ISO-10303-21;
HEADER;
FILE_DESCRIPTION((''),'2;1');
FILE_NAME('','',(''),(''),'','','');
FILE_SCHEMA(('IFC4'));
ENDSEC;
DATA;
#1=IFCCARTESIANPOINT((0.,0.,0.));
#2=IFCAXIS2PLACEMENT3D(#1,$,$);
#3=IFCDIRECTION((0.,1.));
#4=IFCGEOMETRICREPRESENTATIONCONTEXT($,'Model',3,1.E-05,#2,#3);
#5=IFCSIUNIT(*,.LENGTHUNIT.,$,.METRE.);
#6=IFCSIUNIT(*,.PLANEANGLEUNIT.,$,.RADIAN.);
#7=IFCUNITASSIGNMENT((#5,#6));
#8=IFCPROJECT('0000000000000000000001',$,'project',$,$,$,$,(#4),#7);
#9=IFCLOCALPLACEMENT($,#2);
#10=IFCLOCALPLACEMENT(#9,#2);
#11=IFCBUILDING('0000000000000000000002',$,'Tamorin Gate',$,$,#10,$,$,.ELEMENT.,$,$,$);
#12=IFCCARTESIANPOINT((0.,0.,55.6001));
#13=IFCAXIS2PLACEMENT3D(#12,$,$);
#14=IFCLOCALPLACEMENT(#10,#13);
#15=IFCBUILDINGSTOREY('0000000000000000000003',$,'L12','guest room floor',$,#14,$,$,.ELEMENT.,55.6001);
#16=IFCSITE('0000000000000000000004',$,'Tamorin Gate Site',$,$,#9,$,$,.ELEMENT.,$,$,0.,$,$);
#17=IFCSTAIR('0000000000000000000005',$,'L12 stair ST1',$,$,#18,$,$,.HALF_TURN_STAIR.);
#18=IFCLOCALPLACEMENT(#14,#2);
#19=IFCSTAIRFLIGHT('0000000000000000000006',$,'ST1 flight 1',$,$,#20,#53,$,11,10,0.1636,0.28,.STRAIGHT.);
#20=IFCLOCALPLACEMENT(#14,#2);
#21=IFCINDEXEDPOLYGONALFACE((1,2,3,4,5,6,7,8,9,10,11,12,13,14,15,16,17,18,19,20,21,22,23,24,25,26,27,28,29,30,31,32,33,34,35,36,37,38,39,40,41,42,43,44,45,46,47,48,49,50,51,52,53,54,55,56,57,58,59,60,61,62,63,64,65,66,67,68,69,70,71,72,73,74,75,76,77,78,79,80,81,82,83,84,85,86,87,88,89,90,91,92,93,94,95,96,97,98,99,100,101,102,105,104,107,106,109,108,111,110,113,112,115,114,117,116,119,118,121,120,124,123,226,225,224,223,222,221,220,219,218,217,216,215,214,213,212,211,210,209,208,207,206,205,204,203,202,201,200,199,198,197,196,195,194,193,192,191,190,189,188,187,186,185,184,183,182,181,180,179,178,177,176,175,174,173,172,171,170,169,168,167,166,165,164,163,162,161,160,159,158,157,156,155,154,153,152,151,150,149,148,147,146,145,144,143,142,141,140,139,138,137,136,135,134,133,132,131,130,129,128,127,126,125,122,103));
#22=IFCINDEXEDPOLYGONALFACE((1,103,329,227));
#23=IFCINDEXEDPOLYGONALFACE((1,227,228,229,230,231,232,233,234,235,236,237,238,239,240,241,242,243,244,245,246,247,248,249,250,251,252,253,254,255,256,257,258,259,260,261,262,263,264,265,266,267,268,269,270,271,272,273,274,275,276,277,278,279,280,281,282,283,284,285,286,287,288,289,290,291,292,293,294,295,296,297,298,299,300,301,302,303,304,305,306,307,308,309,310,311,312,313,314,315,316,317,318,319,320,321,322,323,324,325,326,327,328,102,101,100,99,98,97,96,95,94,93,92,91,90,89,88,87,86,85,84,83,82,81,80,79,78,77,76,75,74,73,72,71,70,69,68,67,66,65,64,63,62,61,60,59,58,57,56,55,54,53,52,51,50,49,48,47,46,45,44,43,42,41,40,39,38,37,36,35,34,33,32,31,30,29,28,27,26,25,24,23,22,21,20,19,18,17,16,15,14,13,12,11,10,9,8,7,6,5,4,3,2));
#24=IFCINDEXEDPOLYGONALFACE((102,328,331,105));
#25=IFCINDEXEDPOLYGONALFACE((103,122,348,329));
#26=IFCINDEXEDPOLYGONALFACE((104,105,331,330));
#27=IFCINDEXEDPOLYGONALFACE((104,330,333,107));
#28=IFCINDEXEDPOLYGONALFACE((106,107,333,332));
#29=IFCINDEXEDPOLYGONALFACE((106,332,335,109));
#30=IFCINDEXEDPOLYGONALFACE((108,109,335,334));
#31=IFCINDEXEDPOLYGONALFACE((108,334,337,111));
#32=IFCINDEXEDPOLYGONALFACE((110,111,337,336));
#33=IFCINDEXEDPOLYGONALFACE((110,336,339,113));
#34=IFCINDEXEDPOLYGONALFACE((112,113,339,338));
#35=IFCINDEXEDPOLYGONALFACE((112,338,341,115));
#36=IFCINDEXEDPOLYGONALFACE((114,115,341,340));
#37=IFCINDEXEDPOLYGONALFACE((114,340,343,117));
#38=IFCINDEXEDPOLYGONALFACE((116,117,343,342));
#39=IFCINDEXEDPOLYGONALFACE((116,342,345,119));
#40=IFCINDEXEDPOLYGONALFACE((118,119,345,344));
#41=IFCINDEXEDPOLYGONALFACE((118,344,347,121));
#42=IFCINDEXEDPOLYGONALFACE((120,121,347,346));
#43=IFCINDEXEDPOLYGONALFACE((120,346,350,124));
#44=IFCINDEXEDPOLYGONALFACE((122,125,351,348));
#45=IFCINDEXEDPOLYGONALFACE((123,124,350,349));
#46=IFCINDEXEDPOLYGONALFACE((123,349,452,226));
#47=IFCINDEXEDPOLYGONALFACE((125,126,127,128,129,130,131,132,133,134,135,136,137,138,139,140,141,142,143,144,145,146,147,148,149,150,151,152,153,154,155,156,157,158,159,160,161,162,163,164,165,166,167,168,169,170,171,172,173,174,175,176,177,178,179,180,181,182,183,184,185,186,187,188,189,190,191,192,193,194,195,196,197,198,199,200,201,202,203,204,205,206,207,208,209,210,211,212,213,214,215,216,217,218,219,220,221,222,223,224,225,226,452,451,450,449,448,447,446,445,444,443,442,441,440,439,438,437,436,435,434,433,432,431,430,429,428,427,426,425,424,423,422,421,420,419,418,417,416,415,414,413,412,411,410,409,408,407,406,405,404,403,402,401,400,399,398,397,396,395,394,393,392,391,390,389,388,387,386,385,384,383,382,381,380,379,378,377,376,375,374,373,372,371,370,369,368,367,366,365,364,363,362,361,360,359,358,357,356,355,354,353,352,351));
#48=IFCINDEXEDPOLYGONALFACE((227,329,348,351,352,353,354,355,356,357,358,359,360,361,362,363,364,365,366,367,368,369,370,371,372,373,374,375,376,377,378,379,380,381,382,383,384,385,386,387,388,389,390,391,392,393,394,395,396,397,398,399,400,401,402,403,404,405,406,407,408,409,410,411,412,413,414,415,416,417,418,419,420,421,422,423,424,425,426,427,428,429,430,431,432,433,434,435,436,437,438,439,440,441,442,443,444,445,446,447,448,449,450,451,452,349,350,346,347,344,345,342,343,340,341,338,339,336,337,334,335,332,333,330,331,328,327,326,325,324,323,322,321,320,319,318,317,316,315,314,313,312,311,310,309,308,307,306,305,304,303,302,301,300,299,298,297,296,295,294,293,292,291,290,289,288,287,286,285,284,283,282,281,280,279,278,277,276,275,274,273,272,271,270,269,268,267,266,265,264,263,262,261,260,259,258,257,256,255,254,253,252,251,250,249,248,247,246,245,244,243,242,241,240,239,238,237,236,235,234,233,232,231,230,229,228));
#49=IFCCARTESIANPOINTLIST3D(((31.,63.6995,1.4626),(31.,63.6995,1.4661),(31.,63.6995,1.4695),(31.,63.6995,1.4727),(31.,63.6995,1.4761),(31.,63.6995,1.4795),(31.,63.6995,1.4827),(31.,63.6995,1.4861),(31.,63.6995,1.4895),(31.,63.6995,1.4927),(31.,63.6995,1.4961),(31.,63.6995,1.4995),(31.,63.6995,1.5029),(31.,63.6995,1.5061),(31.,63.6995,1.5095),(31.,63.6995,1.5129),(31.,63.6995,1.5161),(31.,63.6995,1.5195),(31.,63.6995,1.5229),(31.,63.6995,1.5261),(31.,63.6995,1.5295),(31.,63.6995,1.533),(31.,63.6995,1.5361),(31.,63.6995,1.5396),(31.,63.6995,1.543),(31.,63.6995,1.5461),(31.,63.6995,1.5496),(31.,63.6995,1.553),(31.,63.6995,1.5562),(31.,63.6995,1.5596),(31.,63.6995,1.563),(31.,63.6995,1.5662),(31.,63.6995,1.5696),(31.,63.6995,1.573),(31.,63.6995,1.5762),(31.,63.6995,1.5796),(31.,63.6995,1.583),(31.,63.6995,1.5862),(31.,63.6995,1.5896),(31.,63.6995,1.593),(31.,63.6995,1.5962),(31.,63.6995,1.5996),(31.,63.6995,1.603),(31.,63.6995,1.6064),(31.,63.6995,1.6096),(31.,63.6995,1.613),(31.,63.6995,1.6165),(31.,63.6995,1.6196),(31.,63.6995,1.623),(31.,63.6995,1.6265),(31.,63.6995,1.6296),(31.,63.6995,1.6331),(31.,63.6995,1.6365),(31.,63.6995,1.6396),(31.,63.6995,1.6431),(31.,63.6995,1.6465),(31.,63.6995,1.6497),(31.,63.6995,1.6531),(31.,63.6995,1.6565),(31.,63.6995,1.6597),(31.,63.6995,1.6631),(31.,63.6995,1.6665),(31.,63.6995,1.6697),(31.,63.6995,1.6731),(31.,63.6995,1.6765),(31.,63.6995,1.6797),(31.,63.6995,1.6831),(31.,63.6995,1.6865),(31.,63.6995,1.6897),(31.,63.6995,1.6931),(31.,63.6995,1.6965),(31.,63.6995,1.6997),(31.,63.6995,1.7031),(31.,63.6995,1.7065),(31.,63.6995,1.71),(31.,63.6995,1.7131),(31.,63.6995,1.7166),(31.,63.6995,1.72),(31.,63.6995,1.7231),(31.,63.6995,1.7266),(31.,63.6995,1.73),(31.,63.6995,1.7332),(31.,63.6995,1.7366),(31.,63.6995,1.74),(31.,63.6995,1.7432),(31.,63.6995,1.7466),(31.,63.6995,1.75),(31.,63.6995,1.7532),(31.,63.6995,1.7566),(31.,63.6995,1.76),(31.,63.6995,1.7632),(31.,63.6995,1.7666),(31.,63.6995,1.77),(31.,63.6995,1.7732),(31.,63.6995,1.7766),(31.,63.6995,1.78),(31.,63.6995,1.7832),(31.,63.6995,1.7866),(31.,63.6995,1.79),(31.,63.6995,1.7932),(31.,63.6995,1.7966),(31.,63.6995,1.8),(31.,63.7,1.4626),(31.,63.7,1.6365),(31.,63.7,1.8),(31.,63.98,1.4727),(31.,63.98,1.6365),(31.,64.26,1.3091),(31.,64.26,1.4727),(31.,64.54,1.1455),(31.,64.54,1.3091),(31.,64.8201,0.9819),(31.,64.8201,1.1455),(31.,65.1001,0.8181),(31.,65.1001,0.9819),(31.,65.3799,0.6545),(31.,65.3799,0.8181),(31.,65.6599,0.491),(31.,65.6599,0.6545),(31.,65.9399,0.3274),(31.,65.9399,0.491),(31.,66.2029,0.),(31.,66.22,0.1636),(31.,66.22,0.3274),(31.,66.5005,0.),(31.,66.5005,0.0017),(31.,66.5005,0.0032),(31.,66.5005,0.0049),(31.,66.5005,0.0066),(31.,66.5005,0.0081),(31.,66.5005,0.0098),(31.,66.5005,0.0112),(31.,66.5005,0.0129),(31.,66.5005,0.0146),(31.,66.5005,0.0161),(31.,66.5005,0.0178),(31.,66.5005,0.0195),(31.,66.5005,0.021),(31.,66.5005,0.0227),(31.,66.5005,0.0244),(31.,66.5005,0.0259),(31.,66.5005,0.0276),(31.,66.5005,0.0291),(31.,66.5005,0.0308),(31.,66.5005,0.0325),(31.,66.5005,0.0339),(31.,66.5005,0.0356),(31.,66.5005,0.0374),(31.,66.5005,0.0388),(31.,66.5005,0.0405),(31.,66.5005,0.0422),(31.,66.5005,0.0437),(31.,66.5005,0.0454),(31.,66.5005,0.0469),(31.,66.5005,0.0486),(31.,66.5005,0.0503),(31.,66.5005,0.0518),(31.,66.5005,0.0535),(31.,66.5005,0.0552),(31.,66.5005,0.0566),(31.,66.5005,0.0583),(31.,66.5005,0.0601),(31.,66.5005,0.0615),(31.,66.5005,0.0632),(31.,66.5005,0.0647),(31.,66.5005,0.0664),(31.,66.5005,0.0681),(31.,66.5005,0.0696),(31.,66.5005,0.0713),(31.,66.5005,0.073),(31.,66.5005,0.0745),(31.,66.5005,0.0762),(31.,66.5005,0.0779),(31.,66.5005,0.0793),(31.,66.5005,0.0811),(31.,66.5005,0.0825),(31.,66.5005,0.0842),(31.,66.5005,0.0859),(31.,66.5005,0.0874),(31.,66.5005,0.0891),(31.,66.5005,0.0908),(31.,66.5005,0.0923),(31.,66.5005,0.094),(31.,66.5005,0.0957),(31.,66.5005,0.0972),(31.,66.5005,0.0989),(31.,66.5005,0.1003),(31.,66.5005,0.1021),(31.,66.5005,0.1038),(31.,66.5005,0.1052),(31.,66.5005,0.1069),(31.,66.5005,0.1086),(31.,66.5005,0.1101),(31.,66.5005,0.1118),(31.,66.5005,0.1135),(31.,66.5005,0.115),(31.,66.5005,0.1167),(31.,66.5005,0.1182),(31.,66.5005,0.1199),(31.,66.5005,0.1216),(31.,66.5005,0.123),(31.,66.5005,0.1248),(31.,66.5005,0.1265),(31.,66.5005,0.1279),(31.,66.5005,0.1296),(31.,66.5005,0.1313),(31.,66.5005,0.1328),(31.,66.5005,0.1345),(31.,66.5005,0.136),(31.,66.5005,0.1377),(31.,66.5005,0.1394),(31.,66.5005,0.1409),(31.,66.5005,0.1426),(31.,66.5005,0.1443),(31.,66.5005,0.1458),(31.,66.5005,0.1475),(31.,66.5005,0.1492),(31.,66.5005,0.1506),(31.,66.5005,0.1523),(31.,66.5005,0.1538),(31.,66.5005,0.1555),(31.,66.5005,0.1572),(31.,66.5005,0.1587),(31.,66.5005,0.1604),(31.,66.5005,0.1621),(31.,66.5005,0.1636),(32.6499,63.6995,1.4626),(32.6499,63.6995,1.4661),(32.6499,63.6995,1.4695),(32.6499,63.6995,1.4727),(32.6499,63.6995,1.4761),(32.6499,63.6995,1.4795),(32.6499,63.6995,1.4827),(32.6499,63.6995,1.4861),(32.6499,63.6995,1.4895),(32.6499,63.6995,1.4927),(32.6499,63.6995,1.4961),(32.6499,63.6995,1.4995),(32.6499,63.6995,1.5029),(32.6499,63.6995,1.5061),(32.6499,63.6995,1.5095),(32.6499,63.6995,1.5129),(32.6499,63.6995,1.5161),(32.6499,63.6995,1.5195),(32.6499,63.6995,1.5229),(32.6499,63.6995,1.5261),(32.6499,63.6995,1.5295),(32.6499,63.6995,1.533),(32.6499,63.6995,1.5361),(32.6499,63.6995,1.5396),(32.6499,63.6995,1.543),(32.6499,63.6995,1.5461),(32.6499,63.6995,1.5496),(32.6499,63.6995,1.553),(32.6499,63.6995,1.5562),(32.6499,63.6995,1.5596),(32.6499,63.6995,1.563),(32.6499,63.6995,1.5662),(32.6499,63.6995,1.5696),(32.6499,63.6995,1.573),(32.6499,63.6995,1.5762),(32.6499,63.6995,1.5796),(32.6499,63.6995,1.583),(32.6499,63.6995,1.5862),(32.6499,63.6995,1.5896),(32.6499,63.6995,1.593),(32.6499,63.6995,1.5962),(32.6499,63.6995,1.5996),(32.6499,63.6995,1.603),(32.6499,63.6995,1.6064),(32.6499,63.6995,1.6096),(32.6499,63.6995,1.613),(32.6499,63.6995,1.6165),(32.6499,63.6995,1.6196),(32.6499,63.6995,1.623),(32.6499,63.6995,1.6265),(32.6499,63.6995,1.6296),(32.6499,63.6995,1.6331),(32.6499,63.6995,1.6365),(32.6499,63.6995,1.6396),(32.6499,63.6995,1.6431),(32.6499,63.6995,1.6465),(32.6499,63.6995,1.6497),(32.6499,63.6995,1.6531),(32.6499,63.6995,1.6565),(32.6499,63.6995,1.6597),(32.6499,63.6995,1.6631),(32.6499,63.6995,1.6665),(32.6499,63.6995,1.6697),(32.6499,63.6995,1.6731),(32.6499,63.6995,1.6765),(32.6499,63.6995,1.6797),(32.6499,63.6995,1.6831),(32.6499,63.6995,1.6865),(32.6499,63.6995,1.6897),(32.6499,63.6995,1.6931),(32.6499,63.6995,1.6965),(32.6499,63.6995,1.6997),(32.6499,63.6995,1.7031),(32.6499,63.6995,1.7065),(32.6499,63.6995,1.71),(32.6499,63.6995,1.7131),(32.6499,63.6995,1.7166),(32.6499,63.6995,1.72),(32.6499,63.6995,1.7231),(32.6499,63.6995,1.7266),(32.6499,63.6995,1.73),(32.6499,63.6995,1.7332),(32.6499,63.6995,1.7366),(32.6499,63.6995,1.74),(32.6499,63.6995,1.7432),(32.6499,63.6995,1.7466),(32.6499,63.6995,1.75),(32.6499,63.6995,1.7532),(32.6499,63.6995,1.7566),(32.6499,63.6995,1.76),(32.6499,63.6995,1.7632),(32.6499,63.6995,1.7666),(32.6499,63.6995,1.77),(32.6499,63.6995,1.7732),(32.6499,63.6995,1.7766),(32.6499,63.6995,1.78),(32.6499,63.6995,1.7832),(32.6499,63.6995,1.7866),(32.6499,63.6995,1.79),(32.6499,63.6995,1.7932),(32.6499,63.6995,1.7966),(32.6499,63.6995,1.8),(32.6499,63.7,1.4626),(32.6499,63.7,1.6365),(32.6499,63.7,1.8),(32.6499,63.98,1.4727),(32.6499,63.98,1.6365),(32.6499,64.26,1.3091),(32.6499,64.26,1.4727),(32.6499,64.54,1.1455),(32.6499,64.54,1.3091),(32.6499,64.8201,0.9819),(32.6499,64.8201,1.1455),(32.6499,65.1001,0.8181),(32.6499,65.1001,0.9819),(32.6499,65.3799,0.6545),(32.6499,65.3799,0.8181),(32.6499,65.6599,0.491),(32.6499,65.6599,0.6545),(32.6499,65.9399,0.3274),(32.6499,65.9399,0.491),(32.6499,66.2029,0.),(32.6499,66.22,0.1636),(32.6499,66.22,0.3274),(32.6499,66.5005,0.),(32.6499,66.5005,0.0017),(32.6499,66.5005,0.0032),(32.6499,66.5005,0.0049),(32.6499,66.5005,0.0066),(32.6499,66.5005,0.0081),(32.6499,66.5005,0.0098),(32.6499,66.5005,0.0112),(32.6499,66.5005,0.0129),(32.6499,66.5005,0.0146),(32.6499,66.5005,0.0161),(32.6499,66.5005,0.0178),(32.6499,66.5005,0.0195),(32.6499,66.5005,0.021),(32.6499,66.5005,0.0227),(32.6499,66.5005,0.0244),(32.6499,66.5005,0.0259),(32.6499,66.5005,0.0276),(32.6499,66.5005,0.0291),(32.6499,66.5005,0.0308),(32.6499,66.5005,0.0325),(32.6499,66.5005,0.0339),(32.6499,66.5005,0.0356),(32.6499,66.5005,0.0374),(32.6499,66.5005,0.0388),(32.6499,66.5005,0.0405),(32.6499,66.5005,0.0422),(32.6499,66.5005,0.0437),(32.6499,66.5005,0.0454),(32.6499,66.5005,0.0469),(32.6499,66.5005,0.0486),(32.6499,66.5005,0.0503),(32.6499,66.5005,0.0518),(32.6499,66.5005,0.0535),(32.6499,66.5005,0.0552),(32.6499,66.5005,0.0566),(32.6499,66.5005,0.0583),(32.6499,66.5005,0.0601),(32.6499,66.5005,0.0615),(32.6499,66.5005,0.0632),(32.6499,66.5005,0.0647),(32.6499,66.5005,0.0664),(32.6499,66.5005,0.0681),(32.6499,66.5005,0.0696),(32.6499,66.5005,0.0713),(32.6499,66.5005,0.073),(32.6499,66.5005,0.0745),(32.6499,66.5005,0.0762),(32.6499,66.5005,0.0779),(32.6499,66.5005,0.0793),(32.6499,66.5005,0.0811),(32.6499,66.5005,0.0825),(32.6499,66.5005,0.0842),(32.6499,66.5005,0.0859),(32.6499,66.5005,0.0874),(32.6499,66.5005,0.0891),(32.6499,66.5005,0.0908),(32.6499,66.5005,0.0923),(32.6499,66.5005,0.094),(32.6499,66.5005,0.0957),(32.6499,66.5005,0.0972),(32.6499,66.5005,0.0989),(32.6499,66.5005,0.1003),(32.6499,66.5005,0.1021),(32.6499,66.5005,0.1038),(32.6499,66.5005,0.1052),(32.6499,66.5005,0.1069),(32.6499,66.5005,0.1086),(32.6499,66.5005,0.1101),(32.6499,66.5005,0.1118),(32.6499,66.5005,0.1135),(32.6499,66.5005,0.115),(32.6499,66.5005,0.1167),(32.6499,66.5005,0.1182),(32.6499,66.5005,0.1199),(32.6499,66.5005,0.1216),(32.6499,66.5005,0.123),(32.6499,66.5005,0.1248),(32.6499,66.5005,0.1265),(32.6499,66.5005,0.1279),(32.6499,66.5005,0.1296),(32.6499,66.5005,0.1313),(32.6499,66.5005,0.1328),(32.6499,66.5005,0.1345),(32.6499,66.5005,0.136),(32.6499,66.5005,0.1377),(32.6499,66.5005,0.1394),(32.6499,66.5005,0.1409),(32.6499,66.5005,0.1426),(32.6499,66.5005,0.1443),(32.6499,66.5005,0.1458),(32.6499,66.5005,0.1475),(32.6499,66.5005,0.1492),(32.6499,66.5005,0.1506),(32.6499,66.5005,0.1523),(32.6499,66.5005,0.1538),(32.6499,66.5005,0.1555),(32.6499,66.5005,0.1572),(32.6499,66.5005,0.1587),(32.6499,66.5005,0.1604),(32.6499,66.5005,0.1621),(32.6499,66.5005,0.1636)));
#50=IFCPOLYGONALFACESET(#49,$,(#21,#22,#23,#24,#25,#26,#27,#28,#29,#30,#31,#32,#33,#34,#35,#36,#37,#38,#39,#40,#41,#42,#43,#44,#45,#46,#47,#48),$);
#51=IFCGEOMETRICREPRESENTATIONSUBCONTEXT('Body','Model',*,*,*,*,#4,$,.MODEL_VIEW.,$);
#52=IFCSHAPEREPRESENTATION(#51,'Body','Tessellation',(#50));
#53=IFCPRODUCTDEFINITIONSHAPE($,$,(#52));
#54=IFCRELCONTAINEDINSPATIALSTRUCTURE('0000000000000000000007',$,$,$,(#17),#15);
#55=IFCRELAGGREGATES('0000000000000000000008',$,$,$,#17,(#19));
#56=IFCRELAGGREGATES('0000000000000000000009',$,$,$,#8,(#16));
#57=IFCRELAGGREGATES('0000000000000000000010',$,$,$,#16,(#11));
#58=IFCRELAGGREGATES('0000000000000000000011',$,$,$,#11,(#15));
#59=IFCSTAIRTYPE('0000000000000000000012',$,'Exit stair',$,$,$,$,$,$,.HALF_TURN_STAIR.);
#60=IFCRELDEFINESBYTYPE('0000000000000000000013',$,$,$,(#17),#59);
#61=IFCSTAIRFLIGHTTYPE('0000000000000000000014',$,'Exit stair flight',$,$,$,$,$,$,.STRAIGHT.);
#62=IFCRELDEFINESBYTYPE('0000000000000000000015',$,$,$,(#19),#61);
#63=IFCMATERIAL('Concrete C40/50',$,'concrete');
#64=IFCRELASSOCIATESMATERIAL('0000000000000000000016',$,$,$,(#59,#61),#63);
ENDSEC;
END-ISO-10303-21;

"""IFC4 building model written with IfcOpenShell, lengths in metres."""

from ifc_helpers import new_model, si_unit, direction, frame, origin, place, context, subcontext, project, spatial, polyline, outline, extrude, material, type_object, element, aggregate, save


model = new_model("IFC4")

# Units and contexts
model_context = context("Model", 3, precision=1e-05, world=origin(), true_north=direction((0.0, 1.0)))
body_context = subcontext(model_context, "Body", "Model", "MODEL_VIEW")
ifc_project = project(units=[si_unit("LENGTHUNIT", "METRE"), si_unit("PLANEANGLEUNIT", "RADIAN")], contexts=[model_context])

# Site, building, storey
site_placement = place(None, origin())
site = spatial("IfcSite", under=ifc_project, at=site_placement, Name="Tamorin Gate Site", CompositionType="ELEMENT", RefElevation=0.0)
building_placement = place(site_placement, origin())
building = spatial("IfcBuilding", under=site, at=building_placement, Name="Tamorin Gate", CompositionType="ELEMENT")
storey_placement = place(building_placement, frame((0.0, 0.0, 55.6001)))
storey = spatial("IfcBuildingStorey", under=building, at=storey_placement, Name="L12", Description="guest room floor", CompositionType="ELEMENT", Elevation=55.6001)

# Shared definitions
ifc_material_1 = material(Name="Concrete C40/50", Category="concrete")

# Stair, stair flight
stair_type = type_object("IfcStairType", Name="Exit stair", PredefinedType="HALF_TURN_STAIR", material=ifc_material_1)
stair_placement = place(storey_placement, origin())
stair = element("IfcStair", 1, at=stair_placement, inside=storey, type_object=stair_type, Name="L12 stair ST1", PredefinedType="HALF_TURN_STAIR")
stair_flight_type = type_object("IfcStairFlightType", Name="Exit stair flight", PredefinedType="STRAIGHT", material=ifc_material_1)
stair_flight_1_placement = place(storey_placement, frame((31.825, 66.5, 0.0), z_axis=(0.0, 0.0, 1.0), x_axis=(0.0, -1.0, 0.0)))
stair_flight_1 = element("IfcStairFlight", 2, at=stair_flight_1_placement, type_object=stair_flight_type, Name="ST1 flight 1", NumberOfRisers=11, NumberOfTreads=10, PredefinedType="STRAIGHT", RiserHeight=0.1636, TreadLength=0.28, context=body_context, shape_type="SweptSolid", body=[
    extrude(outline(polyline([(-0.0005, 0.0), (-0.0005, 0.0017), (-0.0005, 0.0032), (-0.0005, 0.0049), (-0.0005, 0.0066), (-0.0005, 0.0081), (-0.0005, 0.0098), (-0.0005, 0.0112), (-0.0005, 0.0129), (-0.0005, 0.0146), (-0.0005, 0.0161), (-0.0005, 0.0178), (-0.0005, 0.0195), (-0.0005, 0.021), (-0.0005, 0.0227), (-0.0005, 0.0244), (-0.0005, 0.0259), (-0.0005, 0.0276), (-0.0005, 0.0291), (-0.0005, 0.0308), (-0.0005, 0.0325), (-0.0005, 0.0339), (-0.0005, 0.0356), (-0.0005, 0.0374), (-0.0005, 0.0388), (-0.0005, 0.0405), (-0.0005, 0.0422), (-0.0005, 0.0437), (-0.0005, 0.0454), (-0.0005, 0.0469), (-0.0005, 0.0486), (-0.0005, 0.0503), (-0.0005, 0.0518), (-0.0005, 0.0535), (-0.0005, 0.0552), (-0.0005, 0.0566), (-0.0005, 0.0583), (-0.0005, 0.0601), (-0.0005, 0.0615), (-0.0005, 0.0632), (-0.0005, 0.0647), (-0.0005, 0.0664), (-0.0005, 0.0681), (-0.0005, 0.0696), (-0.0005, 0.0713), (-0.0005, 0.073), (-0.0005, 0.0745), (-0.0005, 0.0762), (-0.0005, 0.0779), (-0.0005, 0.0793), (-0.0005, 0.0811), (-0.0005, 0.0825), (-0.0005, 0.0842), (-0.0005, 0.0859), (-0.0005, 0.0874), (-0.0005, 0.0891), (-0.0005, 0.0908), (-0.0005, 0.0923), (-0.0005, 0.094), (-0.0005, 0.0957), (-0.0005, 0.0972), (-0.0005, 0.0989), (-0.0005, 0.1003), (-0.0005, 0.1021), (-0.0005, 0.1038), (-0.0005, 0.1052), (-0.0005, 0.1069), (-0.0005, 0.1086), (-0.0005, 0.1101), (-0.0005, 0.1118), (-0.0005, 0.1135), (-0.0005, 0.115), (-0.0005, 0.1167), (-0.0005, 0.1182), (-0.0005, 0.1199), (-0.0005, 0.1216), (-0.0005, 0.123), (-0.0005, 0.1248), (-0.0005, 0.1265), (-0.0005, 0.1279), (-0.0005, 0.1296), (-0.0005, 0.1313), (-0.0005, 0.1328), (-0.0005, 0.1345), (-0.0005, 0.136), (-0.0005, 0.1377), (-0.0005, 0.1394), (-0.0005, 0.1409), (-0.0005, 0.1426), (-0.0005, 0.1443), (-0.0005, 0.1458), (-0.0005, 0.1475), (-0.0005, 0.1492), (-0.0005, 0.1506), (-0.0005, 0.1523), (-0.0005, 0.1538), (-0.0005, 0.1555), (-0.0005, 0.1572), (-0.0005, 0.1587), (-0.0005, 0.1604), (-0.0005, 0.1621), (-0.0005, 0.1636), (0.28, 0.1636), (0.28, 0.3274), (0.5601, 0.3274), (0.5601, 0.491), (0.8401, 0.491), (0.8401, 0.6545), (1.1201, 0.6545), (1.1201, 0.8181), (1.3999, 0.8181), (1.3999, 0.9819), (1.6799, 0.9819), (1.6799, 1.1455), (1.96, 1.1455), (1.96, 1.3091), (2.24, 1.3091), (2.24, 1.4727), (2.52, 1.4727), (2.52, 1.6365), (2.8, 1.6365), (2.8, 1.8), (2.8005, 1.8), (2.8005, 1.7966), (2.8005, 1.7932), (2.8005, 1.79), (2.8005, 1.7866), (2.8005, 1.7832), (2.8005, 1.78), (2.8005, 1.7766), (2.8005, 1.7732), (2.8005, 1.77), (2.8005, 1.7666), (2.8005, 1.7632), (2.8005, 1.76), (2.8005, 1.7566), (2.8005, 1.7532), (2.8005, 1.75), (2.8005, 1.7466), (2.8005, 1.7432), (2.8005, 1.74), (2.8005, 1.7366), (2.8005, 1.7332), (2.8005, 1.73), (2.8005, 1.7266), (2.8005, 1.7231), (2.8005, 1.72), (2.8005, 1.7166), (2.8005, 1.7131), (2.8005, 1.71), (2.8005, 1.7065), (2.8005, 1.7031), (2.8005, 1.6997), (2.8005, 1.6965), (2.8005, 1.6931), (2.8005, 1.6897), (2.8005, 1.6865), (2.8005, 1.6831), (2.8005, 1.6797), (2.8005, 1.6765), (2.8005, 1.6731), (2.8005, 1.6697), (2.8005, 1.6665), (2.8005, 1.6631), (2.8005, 1.6597), (2.8005, 1.6565), (2.8005, 1.6531), (2.8005, 1.6497), (2.8005, 1.6465), (2.8005, 1.6431), (2.8005, 1.6396), (2.8005, 1.6365), (2.8005, 1.6331), (2.8005, 1.6296), (2.8005, 1.6265), (2.8005, 1.623), (2.8005, 1.6196), (2.8005, 1.6165), (2.8005, 1.613), (2.8005, 1.6096), (2.8005, 1.6064), (2.8005, 1.603), (2.8005, 1.5996), (2.8005, 1.5962), (2.8005, 1.593), (2.8005, 1.5896), (2.8005, 1.5862), (2.8005, 1.583), (2.8005, 1.5796), (2.8005, 1.5762), (2.8005, 1.573), (2.8005, 1.5696), (2.8005, 1.5662), (2.8005, 1.563), (2.8005, 1.5596), (2.8005, 1.5562), (2.8005, 1.553), (2.8005, 1.5496), (2.8005, 1.5461), (2.8005, 1.543), (2.8005, 1.5396), (2.8005, 1.5361), (2.8005, 1.533), (2.8005, 1.5295), (2.8005, 1.5261), (2.8005, 1.5229), (2.8005, 1.5195), (2.8005, 1.5161), (2.8005, 1.5129), (2.8005, 1.5095), (2.8005, 1.5061), (2.8005, 1.5029), (2.8005, 1.4995), (2.8005, 1.4961), (2.8005, 1.4927), (2.8005, 1.4895), (2.8005, 1.4861), (2.8005, 1.4827), (2.8005, 1.4795), (2.8005, 1.4761), (2.8005, 1.4727), (2.8005, 1.4695), (2.8005, 1.4661), (2.8005, 1.4626), (2.8, 1.4626), (0.2971, 0.0), (-0.0005, 0.0)])), frame((0.0, 0.825, 0.0), z_axis=(0.0, -1.0, 0.0), x_axis=(1.0, 0.0, 0.0)), (0.0, 0.0, 1.0), 1.6499),
])
aggregate(stair, [stair_flight_1])

save(model, "model.ifc")
